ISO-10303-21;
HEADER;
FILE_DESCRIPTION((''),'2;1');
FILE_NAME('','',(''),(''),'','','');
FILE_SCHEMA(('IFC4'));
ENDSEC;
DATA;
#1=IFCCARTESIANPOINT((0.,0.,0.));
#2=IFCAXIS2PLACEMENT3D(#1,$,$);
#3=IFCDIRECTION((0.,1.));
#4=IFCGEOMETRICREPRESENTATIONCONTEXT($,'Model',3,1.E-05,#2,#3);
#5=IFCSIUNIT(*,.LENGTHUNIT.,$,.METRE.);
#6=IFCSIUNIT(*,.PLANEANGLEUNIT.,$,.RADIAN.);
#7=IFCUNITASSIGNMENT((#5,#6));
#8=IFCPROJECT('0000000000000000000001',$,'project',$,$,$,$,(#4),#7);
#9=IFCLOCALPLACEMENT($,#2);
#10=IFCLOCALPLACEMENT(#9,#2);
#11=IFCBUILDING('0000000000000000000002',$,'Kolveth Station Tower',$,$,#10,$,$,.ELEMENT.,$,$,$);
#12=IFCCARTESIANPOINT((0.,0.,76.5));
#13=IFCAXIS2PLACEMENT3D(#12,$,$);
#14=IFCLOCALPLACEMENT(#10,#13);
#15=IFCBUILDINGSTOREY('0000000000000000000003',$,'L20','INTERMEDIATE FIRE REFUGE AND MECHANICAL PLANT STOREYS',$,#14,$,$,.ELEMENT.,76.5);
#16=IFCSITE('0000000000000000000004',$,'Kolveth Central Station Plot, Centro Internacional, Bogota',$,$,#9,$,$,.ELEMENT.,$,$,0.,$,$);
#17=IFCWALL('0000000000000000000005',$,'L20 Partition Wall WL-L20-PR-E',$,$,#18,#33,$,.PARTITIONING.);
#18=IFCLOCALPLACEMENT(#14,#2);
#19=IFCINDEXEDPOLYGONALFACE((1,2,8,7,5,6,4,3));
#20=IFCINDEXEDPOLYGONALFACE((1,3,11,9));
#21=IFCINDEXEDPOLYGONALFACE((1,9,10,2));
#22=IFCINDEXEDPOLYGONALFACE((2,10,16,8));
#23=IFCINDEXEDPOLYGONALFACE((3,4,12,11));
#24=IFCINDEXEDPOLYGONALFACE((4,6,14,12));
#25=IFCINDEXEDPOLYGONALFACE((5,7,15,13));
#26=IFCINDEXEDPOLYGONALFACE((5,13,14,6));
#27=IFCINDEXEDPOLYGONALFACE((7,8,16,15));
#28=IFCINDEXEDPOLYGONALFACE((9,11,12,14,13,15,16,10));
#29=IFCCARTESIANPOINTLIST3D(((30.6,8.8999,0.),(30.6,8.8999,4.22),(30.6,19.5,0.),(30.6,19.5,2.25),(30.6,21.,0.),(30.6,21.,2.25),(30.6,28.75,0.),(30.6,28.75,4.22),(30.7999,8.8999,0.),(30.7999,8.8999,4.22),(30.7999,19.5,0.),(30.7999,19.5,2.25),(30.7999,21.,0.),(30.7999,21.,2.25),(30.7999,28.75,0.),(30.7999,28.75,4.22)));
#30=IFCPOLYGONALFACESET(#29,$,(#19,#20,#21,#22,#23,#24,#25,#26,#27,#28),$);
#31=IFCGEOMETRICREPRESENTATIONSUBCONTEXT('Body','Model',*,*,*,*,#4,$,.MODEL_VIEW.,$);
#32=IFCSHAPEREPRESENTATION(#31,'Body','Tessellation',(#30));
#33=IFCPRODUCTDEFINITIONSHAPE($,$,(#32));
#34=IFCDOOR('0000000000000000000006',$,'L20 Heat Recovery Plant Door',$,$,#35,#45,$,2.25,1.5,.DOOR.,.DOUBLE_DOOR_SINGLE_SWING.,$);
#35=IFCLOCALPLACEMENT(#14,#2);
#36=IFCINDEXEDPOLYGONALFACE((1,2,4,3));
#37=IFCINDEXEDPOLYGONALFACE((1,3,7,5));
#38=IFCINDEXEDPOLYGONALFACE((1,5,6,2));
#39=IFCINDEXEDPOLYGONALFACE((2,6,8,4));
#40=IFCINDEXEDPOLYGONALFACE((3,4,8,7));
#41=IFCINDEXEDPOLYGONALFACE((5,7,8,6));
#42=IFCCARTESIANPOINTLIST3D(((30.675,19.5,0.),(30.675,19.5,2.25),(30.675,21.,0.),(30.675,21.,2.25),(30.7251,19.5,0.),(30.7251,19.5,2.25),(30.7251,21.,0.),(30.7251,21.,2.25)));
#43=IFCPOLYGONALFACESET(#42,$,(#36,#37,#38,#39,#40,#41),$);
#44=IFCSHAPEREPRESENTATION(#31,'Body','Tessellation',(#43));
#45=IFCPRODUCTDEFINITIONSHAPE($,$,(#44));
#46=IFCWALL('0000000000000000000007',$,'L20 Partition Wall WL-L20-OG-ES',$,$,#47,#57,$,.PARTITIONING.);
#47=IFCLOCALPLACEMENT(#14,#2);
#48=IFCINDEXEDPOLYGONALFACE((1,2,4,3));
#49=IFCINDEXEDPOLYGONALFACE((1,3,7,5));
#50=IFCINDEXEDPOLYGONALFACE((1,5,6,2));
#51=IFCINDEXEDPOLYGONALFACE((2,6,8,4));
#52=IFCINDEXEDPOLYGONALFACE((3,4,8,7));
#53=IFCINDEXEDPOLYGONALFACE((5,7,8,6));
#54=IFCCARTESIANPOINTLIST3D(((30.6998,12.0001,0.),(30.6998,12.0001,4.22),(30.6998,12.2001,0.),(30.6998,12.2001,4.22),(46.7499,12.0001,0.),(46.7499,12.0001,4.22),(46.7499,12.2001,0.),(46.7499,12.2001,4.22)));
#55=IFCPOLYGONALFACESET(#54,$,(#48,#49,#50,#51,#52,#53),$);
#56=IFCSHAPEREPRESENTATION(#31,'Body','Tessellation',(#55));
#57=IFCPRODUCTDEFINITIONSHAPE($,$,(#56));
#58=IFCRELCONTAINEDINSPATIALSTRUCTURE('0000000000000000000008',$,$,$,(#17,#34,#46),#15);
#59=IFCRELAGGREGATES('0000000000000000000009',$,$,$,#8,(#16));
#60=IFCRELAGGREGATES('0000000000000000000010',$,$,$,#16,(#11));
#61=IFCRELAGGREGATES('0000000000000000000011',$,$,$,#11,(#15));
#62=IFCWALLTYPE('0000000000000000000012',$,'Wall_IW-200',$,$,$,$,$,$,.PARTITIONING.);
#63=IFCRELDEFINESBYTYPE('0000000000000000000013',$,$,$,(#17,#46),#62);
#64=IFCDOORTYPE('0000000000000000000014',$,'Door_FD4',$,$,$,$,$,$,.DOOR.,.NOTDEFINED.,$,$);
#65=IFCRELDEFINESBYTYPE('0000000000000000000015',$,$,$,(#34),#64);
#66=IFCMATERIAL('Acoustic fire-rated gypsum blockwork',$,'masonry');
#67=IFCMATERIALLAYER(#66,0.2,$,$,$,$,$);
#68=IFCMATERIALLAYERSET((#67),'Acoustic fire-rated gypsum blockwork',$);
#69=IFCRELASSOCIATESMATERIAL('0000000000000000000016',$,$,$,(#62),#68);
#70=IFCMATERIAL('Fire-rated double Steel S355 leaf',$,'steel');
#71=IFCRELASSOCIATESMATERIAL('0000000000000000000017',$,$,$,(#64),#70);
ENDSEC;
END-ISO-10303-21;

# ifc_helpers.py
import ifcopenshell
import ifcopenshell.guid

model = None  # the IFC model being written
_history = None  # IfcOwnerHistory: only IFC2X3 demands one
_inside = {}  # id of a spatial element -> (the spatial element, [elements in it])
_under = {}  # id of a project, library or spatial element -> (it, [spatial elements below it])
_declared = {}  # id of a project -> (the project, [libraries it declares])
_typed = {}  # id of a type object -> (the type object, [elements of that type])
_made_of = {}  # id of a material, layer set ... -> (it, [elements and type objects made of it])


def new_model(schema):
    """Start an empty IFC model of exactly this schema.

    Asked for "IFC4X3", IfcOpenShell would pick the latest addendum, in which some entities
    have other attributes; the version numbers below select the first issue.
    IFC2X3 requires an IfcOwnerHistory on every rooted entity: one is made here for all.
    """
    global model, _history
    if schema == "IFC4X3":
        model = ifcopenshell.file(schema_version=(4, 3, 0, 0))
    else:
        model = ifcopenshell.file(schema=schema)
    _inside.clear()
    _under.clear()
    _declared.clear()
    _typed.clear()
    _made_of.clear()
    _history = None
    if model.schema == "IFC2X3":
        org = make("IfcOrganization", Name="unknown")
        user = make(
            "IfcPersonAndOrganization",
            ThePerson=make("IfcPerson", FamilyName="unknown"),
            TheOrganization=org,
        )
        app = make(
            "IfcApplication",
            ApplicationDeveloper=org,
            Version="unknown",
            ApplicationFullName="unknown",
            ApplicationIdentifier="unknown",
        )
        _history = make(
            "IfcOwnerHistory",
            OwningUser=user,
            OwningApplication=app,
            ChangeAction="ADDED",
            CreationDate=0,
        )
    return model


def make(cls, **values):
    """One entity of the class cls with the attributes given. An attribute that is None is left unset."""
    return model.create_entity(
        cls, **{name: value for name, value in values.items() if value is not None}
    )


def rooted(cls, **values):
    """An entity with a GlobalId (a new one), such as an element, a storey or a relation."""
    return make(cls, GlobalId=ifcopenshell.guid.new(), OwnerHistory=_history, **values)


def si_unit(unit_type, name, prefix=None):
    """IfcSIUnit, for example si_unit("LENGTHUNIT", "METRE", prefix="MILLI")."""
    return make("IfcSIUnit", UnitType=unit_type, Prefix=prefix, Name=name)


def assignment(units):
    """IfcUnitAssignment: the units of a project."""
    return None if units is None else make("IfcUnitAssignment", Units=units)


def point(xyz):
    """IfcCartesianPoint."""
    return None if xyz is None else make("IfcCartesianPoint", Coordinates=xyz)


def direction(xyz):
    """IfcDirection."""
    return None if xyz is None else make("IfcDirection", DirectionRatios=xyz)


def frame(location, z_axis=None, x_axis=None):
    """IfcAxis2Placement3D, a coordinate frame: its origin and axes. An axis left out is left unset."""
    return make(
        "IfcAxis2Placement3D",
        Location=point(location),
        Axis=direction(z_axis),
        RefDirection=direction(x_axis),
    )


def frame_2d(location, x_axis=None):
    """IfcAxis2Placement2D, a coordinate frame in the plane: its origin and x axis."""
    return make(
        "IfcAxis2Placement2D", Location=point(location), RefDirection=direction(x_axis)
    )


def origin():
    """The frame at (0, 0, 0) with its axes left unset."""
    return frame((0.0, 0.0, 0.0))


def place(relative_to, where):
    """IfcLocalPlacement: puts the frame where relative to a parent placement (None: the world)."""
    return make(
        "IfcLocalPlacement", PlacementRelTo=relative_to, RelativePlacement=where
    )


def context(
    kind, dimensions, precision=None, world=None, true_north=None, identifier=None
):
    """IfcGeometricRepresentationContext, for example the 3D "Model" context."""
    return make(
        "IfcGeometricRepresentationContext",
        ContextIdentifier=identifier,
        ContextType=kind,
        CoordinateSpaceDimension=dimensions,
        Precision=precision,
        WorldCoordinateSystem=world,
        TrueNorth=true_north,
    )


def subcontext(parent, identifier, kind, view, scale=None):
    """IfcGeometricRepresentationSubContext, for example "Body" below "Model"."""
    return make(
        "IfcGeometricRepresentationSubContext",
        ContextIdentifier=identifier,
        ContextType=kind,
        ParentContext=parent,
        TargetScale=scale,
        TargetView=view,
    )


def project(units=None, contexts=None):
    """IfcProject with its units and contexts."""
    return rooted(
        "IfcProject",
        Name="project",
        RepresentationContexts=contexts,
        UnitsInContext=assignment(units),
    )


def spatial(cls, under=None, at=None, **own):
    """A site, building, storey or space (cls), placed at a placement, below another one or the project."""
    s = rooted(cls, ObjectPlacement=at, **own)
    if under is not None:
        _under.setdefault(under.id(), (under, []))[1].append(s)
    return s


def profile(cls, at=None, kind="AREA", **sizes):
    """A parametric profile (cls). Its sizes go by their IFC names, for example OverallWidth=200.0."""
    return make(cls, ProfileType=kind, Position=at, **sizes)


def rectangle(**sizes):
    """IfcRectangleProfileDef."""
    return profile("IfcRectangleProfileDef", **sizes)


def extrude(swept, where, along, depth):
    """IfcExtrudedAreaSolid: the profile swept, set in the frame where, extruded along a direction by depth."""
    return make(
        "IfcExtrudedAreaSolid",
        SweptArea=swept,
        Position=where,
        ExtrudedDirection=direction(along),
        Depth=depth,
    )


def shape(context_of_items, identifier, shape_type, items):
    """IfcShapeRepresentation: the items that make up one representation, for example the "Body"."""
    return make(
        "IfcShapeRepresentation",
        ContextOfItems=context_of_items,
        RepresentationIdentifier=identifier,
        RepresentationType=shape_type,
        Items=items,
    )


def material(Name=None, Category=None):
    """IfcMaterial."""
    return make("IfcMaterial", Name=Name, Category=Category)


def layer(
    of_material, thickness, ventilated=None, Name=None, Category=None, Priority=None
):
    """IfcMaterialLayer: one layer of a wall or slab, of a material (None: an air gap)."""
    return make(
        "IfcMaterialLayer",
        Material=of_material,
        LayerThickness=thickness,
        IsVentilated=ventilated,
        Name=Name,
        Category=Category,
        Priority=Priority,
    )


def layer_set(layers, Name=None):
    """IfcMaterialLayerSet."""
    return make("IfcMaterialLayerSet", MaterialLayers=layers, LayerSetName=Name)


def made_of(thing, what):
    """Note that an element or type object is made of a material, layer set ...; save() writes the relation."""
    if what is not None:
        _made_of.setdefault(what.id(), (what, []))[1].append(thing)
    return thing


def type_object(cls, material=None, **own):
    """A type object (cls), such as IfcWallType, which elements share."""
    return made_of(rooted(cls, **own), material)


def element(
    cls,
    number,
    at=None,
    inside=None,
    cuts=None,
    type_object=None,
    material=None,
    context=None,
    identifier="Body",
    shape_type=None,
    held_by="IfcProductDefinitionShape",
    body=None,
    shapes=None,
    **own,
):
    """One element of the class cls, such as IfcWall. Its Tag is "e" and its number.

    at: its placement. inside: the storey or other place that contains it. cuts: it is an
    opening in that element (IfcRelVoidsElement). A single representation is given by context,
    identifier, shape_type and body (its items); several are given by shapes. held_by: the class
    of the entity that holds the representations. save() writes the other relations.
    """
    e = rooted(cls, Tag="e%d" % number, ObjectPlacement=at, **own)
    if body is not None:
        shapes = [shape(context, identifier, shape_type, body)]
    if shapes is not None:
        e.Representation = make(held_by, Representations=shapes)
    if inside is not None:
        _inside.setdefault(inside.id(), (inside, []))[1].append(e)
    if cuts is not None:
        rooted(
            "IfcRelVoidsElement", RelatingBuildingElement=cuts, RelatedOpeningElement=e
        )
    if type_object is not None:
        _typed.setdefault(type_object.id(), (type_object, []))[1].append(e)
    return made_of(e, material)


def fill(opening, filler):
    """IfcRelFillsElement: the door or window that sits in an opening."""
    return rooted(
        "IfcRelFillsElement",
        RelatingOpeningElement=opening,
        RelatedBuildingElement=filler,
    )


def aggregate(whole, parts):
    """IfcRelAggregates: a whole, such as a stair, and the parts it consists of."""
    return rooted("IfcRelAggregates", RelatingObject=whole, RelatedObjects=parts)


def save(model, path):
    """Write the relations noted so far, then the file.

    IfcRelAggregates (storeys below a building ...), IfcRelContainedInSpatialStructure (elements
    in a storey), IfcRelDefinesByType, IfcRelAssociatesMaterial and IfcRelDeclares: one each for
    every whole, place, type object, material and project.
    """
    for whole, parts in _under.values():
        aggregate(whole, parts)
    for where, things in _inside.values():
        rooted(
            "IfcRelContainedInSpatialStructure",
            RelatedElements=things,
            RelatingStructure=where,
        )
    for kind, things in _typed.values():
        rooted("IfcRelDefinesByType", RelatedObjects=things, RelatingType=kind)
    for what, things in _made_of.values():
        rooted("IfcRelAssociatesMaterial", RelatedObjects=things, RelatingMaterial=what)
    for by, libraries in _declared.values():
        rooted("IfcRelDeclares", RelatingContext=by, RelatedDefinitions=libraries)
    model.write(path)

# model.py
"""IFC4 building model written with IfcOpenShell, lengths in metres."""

from ifc_helpers import new_model, si_unit, direction, frame, frame_2d, origin, place, context, subcontext, project, spatial, rectangle, extrude, material, layer, layer_set, type_object, element, fill, save


model = new_model("IFC4")

# Units and contexts
model_context = context("Model", 3, precision=1e-05, world=origin(), true_north=direction((0.0, 1.0)))
body_context = subcontext(model_context, "Body", "Model", "MODEL_VIEW")
ifc_project = project(units=[si_unit("LENGTHUNIT", "METRE"), si_unit("PLANEANGLEUNIT", "RADIAN")], contexts=[model_context])

# Site, building, storey
site_placement = place(None, origin())
site = spatial("IfcSite", under=ifc_project, at=site_placement, Name="Kolveth Central Station Plot, Centro Internacional, Bogota", CompositionType="ELEMENT", RefElevation=0.0)
building_placement = place(site_placement, origin())
building = spatial("IfcBuilding", under=site, at=building_placement, Name="Kolveth Station Tower", CompositionType="ELEMENT")
storey_placement = place(building_placement, frame((0.0, 0.0, 76.5)))
storey = spatial("IfcBuildingStorey", under=building, at=storey_placement, Name="L20", Description="INTERMEDIATE FIRE REFUGE AND MECHANICAL PLANT STOREYS", CompositionType="ELEMENT", Elevation=76.5)

# Shared definitions
ifc_material_1 = material(Name="Acoustic fire-rated gypsum blockwork", Category="masonry")
ifc_layer_1 = layer(ifc_material_1, 0.2)
ifc_layer_set_1 = layer_set([ifc_layer_1], Name="Acoustic fire-rated gypsum blockwork")
wall_type_1 = type_object("IfcWallType", Name="Wall_IW-200", PredefinedType="PARTITIONING", material=ifc_layer_set_1)

# Wall, opening, door
wall_1_placement = place(storey_placement, frame((30.7, 8.8999, 0.0), z_axis=(0.0, 0.0, 1.0), x_axis=(0.0, 1.0, 0.0)))
wall_1 = element("IfcWall", 1, at=wall_1_placement, inside=storey, type_object=wall_type_1, Name="L20 Partition Wall WL-L20-PR-E", PredefinedType="PARTITIONING", context=body_context, shape_type="SweptSolid", body=[
    extrude(rectangle(XDim=19.8501, YDim=0.2, at=frame_2d((9.925, 0.0))), origin(), (0.0, 0.0, 1.0), 4.22),
])
opening_1_placement = place(wall_1_placement, frame((10.6001, 0.0, 0.0)))
opening_1 = element("IfcOpeningElement", 2, at=opening_1_placement, cuts=wall_1, PredefinedType="OPENING", context=body_context, shape_type="SweptSolid", body=[
    extrude(rectangle(XDim=1.5, YDim=2.25, at=frame_2d((0.75, 1.125))), frame((0.0, 0.1099, 0.0), z_axis=(0.0, -1.0, 0.0), x_axis=(1.0, 0.0, 0.0)), (0.0, 0.0, 1.0), 0.22),
])
ifc_material_2 = material(Name="Fire-rated double Steel S355 leaf", Category="steel")
door_type_1 = type_object("IfcDoorType", Name="Door_FD4", OperationType="NOTDEFINED", PredefinedType="DOOR", material=ifc_material_2)
door_1_placement = place(opening_1_placement, origin())
door_1 = element("IfcDoor", 3, at=door_1_placement, inside=storey, type_object=door_type_1, Name="L20 Heat Recovery Plant Door", OperationType="DOUBLE_DOOR_SINGLE_SWING", OverallHeight=2.25, OverallWidth=1.5, PredefinedType="DOOR", context=body_context, shape_type="SweptSolid", body=[
    extrude(rectangle(XDim=1.5, YDim=2.25, at=frame_2d((0.75, 1.125))), frame((0.0, 0.0249, 0.0), z_axis=(0.0, -1.0, 0.0), x_axis=(1.0, 0.0, 0.0)), (0.0, 0.0, 1.0), 0.05),
])
fill(opening_1, door_1)

# Wall
wall_2_placement = place(storey_placement, frame((30.7, 12.1001, 0.0), z_axis=(0.0, 0.0, 1.0), x_axis=(1.0, 0.0, 0.0)))
element("IfcWall", 4, at=wall_2_placement, inside=storey, type_object=wall_type_1, Name="L20 Partition Wall WL-L20-OG-ES", PredefinedType="PARTITIONING", context=body_context, shape_type="SweptSolid", body=[
    extrude(rectangle(XDim=16.05, YDim=0.2, at=frame_2d((8.0249, 0.0))), origin(), (0.0, 0.0, 1.0), 4.22),
])

save(model, "model.ifc")
